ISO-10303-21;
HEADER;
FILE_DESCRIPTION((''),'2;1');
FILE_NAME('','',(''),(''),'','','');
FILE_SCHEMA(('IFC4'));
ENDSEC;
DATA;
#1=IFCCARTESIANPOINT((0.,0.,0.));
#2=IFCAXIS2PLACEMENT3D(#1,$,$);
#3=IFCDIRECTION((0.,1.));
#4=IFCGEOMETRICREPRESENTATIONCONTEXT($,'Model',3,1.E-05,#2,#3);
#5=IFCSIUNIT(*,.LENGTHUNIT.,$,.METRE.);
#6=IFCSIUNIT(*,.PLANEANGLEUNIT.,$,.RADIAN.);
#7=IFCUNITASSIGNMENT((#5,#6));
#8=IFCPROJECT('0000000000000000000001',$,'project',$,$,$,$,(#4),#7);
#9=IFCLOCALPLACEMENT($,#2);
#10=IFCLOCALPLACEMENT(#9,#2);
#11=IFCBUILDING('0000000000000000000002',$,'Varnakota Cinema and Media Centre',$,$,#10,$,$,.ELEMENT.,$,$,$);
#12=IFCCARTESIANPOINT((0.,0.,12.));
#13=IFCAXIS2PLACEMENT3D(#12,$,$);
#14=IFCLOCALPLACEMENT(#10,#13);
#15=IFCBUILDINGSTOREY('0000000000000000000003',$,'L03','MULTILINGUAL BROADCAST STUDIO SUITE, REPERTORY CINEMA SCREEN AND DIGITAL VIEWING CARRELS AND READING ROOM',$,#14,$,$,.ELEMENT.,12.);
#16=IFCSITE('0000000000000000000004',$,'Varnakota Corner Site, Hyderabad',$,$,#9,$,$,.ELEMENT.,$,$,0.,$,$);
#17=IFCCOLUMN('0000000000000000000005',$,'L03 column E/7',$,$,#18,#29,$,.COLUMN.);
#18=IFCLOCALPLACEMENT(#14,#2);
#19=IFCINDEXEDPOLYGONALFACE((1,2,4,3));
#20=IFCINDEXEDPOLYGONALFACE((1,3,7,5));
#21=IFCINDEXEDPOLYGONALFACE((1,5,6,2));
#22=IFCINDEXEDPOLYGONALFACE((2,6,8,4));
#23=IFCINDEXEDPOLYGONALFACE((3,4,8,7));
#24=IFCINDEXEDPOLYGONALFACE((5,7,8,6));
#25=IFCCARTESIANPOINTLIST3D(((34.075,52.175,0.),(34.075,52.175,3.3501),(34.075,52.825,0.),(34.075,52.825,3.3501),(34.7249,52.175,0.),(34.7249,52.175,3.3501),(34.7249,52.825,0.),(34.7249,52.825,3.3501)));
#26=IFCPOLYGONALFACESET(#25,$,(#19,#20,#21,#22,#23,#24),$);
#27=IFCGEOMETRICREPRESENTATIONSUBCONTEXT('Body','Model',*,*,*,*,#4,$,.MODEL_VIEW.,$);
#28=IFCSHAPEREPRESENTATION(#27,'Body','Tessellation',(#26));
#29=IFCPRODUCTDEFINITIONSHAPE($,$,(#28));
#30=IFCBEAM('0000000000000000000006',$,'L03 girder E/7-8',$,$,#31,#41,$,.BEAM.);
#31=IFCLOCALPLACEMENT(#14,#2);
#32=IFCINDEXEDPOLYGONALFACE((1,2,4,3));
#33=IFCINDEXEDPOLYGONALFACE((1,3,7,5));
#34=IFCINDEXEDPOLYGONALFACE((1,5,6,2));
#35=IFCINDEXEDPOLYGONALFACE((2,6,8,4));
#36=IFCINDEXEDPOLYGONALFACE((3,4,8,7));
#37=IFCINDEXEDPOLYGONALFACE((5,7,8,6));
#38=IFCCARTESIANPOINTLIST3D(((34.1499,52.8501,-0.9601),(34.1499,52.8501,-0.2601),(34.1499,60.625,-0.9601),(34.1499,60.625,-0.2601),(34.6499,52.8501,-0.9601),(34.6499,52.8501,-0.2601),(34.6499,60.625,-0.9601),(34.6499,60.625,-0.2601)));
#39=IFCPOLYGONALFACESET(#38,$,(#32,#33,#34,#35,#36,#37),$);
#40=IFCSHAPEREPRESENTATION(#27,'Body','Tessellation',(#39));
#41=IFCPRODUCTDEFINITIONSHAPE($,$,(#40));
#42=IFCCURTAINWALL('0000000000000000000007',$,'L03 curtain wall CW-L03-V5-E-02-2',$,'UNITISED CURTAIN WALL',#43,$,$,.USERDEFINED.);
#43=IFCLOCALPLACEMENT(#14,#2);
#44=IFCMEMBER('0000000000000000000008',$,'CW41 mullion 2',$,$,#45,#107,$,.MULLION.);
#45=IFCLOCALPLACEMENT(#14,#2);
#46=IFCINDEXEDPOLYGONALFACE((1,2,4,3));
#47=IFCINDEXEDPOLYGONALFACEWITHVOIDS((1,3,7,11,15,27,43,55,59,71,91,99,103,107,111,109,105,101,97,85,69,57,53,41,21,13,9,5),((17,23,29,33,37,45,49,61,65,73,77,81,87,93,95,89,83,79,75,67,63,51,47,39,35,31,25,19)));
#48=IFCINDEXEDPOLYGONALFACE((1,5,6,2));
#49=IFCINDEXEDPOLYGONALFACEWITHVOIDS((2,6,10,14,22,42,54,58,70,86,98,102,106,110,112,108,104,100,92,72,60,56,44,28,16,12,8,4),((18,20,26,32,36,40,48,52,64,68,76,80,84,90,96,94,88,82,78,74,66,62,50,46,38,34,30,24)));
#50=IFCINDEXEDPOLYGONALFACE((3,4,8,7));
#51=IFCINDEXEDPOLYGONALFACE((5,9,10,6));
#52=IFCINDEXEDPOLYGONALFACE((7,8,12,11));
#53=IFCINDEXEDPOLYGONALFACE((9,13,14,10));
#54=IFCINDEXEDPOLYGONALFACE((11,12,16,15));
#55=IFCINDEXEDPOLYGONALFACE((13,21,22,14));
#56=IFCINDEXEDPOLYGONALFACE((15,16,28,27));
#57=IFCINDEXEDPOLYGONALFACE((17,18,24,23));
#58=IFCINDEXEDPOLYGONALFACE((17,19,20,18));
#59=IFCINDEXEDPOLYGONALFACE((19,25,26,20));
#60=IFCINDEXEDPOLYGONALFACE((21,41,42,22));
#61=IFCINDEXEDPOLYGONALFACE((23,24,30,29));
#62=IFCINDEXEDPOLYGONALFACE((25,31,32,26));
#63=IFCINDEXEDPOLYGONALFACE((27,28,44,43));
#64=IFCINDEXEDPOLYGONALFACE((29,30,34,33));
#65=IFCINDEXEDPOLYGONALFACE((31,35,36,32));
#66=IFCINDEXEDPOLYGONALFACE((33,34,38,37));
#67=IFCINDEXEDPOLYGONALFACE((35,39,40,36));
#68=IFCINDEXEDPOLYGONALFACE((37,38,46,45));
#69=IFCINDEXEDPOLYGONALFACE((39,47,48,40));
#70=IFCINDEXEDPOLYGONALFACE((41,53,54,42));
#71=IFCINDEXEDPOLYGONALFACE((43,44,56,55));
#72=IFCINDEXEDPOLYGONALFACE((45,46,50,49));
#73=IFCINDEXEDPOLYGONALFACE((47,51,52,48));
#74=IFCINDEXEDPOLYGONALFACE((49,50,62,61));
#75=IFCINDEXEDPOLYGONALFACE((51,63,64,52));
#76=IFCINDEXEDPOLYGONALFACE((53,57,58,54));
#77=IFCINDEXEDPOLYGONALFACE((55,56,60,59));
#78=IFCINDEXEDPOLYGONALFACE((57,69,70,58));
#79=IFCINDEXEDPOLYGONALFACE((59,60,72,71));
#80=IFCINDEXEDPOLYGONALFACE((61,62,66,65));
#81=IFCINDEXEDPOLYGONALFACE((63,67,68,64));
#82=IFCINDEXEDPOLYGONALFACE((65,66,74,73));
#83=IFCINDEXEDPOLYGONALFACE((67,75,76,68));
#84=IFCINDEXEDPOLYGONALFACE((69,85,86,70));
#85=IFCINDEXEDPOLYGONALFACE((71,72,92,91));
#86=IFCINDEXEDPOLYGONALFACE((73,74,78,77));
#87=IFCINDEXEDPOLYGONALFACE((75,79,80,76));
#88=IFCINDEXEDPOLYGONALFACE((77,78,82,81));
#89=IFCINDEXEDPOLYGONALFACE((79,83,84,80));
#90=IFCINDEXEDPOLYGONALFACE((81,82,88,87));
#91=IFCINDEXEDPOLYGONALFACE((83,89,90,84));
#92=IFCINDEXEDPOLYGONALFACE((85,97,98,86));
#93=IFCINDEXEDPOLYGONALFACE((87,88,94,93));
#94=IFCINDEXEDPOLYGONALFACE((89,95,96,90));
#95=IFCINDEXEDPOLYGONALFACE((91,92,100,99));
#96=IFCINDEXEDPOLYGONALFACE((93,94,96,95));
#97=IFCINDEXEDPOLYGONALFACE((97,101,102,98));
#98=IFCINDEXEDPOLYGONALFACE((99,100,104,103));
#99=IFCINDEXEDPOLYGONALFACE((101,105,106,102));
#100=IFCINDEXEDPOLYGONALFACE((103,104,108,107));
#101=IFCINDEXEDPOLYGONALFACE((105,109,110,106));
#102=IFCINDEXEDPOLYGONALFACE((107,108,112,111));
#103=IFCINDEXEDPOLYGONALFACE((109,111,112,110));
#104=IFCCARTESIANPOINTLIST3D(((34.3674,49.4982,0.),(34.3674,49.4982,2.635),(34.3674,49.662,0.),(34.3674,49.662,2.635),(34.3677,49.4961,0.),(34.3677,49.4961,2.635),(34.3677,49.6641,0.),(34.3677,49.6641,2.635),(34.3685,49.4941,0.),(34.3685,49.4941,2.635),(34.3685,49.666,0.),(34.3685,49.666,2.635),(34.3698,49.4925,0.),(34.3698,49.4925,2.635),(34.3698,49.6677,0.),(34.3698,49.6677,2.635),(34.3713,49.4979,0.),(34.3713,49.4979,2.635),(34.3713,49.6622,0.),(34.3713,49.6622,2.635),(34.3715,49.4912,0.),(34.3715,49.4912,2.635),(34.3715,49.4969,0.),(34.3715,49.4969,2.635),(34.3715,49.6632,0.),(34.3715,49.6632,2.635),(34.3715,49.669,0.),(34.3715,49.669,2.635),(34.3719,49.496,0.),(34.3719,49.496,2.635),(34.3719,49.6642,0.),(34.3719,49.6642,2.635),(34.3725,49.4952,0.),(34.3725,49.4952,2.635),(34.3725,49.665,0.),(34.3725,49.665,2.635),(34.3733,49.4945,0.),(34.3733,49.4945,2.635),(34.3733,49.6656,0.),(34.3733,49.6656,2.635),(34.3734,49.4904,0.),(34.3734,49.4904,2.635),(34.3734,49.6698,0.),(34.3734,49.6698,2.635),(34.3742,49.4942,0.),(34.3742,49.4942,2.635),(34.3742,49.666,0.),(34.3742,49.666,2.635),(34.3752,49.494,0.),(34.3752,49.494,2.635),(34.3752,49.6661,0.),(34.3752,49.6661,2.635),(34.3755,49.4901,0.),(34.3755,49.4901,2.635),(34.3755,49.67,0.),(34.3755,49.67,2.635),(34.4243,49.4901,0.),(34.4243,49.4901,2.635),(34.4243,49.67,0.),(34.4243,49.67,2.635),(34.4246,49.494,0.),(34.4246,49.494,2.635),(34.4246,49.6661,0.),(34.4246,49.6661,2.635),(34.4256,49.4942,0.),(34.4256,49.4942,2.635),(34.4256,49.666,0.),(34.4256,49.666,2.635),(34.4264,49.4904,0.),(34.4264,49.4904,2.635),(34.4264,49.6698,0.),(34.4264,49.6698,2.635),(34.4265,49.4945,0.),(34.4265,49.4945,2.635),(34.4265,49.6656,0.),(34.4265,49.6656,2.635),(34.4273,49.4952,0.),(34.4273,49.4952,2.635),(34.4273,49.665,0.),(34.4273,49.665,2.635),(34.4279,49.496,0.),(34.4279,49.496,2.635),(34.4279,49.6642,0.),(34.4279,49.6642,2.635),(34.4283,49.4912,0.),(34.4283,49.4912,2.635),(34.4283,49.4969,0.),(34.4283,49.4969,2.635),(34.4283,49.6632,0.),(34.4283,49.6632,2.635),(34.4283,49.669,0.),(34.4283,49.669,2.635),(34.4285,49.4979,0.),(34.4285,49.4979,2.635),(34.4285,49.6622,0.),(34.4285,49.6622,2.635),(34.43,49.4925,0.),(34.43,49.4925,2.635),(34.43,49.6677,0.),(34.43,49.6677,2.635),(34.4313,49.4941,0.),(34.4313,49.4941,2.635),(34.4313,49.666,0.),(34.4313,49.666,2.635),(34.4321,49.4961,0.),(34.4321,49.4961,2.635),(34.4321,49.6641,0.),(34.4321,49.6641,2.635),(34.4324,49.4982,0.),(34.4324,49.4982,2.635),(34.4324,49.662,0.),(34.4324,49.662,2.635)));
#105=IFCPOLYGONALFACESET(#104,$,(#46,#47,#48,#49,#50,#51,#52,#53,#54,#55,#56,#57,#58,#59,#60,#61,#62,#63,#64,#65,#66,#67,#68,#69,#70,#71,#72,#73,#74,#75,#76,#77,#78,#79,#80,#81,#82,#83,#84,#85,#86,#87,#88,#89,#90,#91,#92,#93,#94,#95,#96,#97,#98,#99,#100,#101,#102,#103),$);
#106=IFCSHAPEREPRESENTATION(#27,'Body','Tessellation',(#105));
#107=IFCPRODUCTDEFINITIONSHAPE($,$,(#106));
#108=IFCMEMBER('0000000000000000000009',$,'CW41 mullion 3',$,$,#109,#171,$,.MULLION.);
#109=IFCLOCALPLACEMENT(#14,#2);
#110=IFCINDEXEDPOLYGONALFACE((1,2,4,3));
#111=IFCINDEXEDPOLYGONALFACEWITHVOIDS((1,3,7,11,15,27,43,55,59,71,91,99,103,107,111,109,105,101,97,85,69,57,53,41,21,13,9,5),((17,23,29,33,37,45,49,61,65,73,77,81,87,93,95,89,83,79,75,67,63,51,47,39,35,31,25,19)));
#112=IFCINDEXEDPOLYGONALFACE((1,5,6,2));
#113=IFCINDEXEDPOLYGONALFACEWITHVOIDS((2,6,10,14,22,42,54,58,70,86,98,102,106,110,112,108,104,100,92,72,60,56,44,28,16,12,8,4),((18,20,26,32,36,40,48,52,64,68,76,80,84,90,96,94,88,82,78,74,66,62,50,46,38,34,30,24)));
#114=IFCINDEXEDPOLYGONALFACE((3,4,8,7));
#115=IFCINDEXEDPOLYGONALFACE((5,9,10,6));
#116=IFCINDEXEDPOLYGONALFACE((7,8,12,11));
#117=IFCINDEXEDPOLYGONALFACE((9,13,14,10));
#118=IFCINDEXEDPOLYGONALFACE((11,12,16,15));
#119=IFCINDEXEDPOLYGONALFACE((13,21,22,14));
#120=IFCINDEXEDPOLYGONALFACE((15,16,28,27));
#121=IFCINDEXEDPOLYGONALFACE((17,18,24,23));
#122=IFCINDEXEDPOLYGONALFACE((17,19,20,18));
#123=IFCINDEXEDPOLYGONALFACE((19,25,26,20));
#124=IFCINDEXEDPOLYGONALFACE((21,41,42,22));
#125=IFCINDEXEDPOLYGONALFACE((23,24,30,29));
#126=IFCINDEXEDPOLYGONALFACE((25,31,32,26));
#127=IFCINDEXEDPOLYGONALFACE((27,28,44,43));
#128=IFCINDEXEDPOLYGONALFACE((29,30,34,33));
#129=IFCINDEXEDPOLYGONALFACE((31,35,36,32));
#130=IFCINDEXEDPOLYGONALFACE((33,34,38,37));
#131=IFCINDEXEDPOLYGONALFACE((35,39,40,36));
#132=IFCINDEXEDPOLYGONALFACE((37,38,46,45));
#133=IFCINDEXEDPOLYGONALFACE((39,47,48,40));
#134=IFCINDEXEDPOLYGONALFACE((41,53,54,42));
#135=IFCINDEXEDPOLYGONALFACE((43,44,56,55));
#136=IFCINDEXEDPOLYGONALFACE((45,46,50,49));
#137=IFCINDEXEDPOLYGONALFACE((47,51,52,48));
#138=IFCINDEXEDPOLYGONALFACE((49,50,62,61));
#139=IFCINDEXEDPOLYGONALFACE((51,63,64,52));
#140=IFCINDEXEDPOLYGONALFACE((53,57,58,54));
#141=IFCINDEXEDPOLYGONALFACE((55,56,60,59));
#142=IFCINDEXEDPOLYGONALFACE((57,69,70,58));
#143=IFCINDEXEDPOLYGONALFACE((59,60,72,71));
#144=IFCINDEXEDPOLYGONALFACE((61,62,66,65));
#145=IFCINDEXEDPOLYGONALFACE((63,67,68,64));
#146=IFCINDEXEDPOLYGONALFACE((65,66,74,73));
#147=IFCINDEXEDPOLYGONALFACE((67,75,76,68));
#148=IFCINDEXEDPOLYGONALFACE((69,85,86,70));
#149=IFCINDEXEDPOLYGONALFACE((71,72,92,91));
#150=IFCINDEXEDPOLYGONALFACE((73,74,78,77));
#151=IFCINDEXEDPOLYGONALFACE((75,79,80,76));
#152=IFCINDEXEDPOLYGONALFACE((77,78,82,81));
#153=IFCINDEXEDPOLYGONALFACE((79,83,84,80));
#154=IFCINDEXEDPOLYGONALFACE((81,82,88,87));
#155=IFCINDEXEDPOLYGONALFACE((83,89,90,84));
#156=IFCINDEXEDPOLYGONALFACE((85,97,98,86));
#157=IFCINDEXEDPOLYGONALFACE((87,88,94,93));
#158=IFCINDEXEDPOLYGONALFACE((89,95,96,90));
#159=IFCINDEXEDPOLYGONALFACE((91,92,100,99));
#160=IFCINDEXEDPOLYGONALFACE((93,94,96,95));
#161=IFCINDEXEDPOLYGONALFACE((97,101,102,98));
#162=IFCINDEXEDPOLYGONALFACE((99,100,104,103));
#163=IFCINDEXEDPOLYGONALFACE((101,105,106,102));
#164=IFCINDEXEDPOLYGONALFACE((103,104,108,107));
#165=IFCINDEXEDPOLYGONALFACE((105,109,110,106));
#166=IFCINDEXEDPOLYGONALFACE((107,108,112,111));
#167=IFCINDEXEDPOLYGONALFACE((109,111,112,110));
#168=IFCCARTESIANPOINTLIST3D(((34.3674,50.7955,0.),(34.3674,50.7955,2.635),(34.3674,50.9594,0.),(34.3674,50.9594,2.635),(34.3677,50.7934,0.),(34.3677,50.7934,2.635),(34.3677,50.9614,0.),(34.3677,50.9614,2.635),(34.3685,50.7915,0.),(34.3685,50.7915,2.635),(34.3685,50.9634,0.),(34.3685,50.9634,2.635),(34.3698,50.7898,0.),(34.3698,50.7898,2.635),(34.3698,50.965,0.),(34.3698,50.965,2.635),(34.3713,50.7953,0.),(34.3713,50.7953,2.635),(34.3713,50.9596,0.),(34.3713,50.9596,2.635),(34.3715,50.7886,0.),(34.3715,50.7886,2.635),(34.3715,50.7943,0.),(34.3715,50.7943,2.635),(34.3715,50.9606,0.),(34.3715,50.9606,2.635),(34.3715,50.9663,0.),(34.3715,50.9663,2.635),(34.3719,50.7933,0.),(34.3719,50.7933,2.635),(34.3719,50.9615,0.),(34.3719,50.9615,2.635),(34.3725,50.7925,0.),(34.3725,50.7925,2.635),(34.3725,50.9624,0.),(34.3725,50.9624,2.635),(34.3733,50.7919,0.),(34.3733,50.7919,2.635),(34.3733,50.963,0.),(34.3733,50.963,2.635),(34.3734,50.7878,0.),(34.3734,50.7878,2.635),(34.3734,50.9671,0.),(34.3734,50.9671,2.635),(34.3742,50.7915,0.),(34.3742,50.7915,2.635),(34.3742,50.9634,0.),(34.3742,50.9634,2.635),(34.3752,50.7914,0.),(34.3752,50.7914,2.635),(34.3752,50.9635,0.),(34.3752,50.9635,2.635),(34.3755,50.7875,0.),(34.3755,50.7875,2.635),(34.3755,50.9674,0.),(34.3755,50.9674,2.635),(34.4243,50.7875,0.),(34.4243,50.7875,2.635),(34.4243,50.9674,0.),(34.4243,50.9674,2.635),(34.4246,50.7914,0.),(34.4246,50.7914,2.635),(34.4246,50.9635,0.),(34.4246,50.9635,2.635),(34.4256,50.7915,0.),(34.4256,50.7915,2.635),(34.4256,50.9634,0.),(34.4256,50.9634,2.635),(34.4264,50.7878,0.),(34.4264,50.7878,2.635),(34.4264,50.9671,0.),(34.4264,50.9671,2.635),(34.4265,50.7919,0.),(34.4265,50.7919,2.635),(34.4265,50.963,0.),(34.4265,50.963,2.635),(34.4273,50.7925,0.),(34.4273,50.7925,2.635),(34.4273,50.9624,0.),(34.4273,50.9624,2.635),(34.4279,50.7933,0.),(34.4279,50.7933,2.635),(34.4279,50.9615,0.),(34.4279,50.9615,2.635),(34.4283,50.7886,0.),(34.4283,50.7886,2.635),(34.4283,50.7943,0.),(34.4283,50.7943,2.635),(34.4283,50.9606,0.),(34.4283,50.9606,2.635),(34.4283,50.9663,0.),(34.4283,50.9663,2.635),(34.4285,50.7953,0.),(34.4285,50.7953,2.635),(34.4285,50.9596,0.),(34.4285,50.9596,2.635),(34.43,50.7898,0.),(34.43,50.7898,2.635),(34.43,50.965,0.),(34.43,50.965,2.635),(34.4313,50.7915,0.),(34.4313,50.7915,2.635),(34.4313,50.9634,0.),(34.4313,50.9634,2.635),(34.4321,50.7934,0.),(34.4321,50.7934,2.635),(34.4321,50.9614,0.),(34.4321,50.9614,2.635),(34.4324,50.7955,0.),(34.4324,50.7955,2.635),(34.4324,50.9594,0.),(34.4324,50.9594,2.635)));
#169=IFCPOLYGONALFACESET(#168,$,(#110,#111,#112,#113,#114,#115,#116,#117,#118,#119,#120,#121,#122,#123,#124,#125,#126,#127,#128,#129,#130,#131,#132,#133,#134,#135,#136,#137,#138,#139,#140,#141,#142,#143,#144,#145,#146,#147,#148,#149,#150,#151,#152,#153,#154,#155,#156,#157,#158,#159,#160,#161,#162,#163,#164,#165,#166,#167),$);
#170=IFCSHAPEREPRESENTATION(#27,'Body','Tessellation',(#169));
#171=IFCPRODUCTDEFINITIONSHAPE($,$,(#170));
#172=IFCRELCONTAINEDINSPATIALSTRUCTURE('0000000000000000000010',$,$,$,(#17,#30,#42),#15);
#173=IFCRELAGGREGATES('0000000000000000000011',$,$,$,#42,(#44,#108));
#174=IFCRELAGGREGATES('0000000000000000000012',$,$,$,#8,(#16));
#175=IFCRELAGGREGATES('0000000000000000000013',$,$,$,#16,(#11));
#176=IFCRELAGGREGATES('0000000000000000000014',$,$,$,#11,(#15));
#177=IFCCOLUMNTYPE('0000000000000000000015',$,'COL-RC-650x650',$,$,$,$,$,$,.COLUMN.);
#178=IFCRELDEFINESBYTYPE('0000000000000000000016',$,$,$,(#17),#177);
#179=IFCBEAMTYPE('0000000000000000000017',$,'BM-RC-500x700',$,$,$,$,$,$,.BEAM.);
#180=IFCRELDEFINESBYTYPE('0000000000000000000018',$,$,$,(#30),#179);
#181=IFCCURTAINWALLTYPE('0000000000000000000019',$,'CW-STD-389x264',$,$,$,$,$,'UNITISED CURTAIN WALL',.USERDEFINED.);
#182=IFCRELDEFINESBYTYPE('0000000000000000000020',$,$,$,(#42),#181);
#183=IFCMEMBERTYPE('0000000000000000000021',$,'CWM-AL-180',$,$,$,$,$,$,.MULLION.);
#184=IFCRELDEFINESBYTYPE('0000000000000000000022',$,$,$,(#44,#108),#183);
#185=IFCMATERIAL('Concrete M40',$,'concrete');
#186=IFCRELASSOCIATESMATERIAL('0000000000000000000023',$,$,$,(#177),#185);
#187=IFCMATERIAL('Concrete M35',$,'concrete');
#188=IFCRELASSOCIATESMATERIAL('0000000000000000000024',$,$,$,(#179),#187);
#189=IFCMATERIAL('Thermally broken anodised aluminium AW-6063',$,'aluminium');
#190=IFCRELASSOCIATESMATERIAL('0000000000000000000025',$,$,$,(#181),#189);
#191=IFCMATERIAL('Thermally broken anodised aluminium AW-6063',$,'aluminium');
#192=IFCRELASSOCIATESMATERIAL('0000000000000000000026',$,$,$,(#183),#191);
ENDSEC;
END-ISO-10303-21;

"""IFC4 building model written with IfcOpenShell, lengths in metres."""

from ifc_helpers import new_model, si_unit, direction, frame, origin, origin_2d, place, context, subcontext, project, spatial, rectangle, hollow_rectangle, extrude, material, material_profile, profile_set, type_object, element, aggregate, save


model = new_model("IFC4")

# Units and contexts
model_context = context("Model", 3, precision=1e-05, world=origin(), true_north=direction((0.0, 1.0)))
body_context = subcontext(model_context, "Body", "Model", "MODEL_VIEW")
ifc_project = project(units=[si_unit("LENGTHUNIT", "METRE"), si_unit("PLANEANGLEUNIT", "RADIAN")], contexts=[model_context])

# Site, building, storey
site_placement = place(None, origin())
site = spatial("IfcSite", under=ifc_project, at=site_placement, Name="Varnakota Corner Site, Hyderabad", CompositionType="ELEMENT", RefElevation=0.0)
building_placement = place(site_placement, origin())
building = spatial("IfcBuilding", under=site, at=building_placement, Name="Varnakota Cinema and Media Centre", CompositionType="ELEMENT")
storey_placement = place(building_placement, frame((0.0, 0.0, 12.0)))
storey = spatial("IfcBuildingStorey", under=building, at=storey_placement, Name="L03", Description="MULTILINGUAL BROADCAST STUDIO SUITE, REPERTORY CINEMA SCREEN AND DIGITAL VIEWING CARRELS AND READING ROOM", CompositionType="ELEMENT", Elevation=12.0)

# Column
ifc_material_1 = material(Name="Concrete M40", Category="concrete")
ifc_material_profile_1 = material_profile(ifc_material_1, rectangle(XDim=0.6499, YDim=0.6499, at=origin_2d()), Name="RC 650x650")
ifc_profile_set_1 = profile_set([ifc_material_profile_1], Name="Concrete M40")
column_type = type_object("IfcColumnType", Name="COL-RC-650x650", PredefinedType="COLUMN", material=ifc_profile_set_1)
column_placement = place(storey_placement, frame((34.3999, 52.5, 0.0), z_axis=(0.0, 0.0, 1.0), x_axis=(1.0, 0.0, 0.0)))
element("IfcColumn", 1, at=column_placement, inside=storey, type_object=column_type, Name="L03 column E/7", PredefinedType="COLUMN", context=body_context, shape_type="SweptSolid", body=[
    extrude(rectangle(XDim=0.6499, YDim=0.6499, at=origin_2d()), origin(), (0.0, 0.0, 1.0), 3.3501),
])

# Beam
ifc_material_2 = material(Name="Concrete M35", Category="concrete")
ifc_material_profile_2 = material_profile(ifc_material_2, rectangle(XDim=0.5, YDim=0.7, at=origin_2d()), Name="RCB 500x700")
ifc_profile_set_2 = profile_set([ifc_material_profile_2], Name="Concrete M35")
beam_type = type_object("IfcBeamType", Name="BM-RC-500x700", PredefinedType="BEAM", material=ifc_profile_set_2)
beam_placement = place(storey_placement, frame((34.3999, 52.8501, -0.6101), z_axis=(0.0, 1.0, 0.0), x_axis=(-1.0, 0.0, 0.0)))
element("IfcBeam", 2, at=beam_placement, inside=storey, type_object=beam_type, Name="L03 girder E/7-8", PredefinedType="BEAM", context=body_context, shape_type="SweptSolid", body=[
    extrude(rectangle(XDim=0.5, YDim=0.7, at=origin_2d()), origin(), (0.0, 0.0, 1.0), 7.7749),
])

# Curtain wall, members
ifc_material_3 = material(Name="Thermally broken anodised aluminium AW-6063", Category="aluminium")
curtain_wall_type_1 = type_object("IfcCurtainWallType", Name="CW-STD-389x264", ElementType="UNITISED CURTAIN WALL", PredefinedType="USERDEFINED", material=ifc_material_3)
curtain_wall_1_placement = place(storey_placement, origin())
curtain_wall_1 = element("IfcCurtainWall", 3, at=curtain_wall_1_placement, inside=storey, type_object=curtain_wall_type_1, Name="L03 curtain wall CW-L03-V5-E-02-2", ObjectType="UNITISED CURTAIN WALL", PredefinedType="USERDEFINED")
ifc_material_4 = material(Name="Thermally broken anodised aluminium AW-6063", Category="aluminium")
ifc_material_profile_3 = material_profile(ifc_material_4, hollow_rectangle(XDim=0.0649, YDim=0.1799, WallThickness=0.0039, InnerFilletRadius=0.0039, OuterFilletRadius=0.0081, at=origin_2d()), Name="AL-MULLION 180x65x4")
ifc_profile_set_3 = profile_set([ifc_material_profile_3], Name="Thermally broken anodised aluminium AW-6063")
member_type_1 = type_object("IfcMemberType", Name="CWM-AL-180", PredefinedType="MULLION", material=ifc_profile_set_3)
member_1_placement = place(storey_placement, frame((34.3999, 49.5801, 0.0), z_axis=(0.0, 0.0, 1.0), x_axis=(-1.0, 0.0, 0.0)))
member_1 = element("IfcMember", 4, at=member_1_placement, type_object=member_type_1, Name="CW41 mullion 2", PredefinedType="MULLION", context=body_context, shape_type="SweptSolid", body=[
    extrude(hollow_rectangle(XDim=0.0649, YDim=0.1799, WallThickness=0.0039, InnerFilletRadius=0.0039, OuterFilletRadius=0.0081, at=origin_2d()), origin(), (0.0, 0.0, 1.0), 2.635),
])
member_2_placement = place(storey_placement, frame((34.3999, 50.8774, 0.0), z_axis=(0.0, 0.0, 1.0), x_axis=(-1.0, 0.0, 0.0)))
member_2 = element("IfcMember", 5, at=member_2_placement, type_object=member_type_1, Name="CW41 mullion 3", PredefinedType="MULLION", context=body_context, shape_type="SweptSolid", body=[
    extrude(hollow_rectangle(XDim=0.0649, YDim=0.1799, WallThickness=0.0039, InnerFilletRadius=0.0039, OuterFilletRadius=0.0081, at=origin_2d()), origin(), (0.0, 0.0, 1.0), 2.635),
])

aggregate(curtain_wall_1, [member_1, member_2])

save(model, "model.ifc")
